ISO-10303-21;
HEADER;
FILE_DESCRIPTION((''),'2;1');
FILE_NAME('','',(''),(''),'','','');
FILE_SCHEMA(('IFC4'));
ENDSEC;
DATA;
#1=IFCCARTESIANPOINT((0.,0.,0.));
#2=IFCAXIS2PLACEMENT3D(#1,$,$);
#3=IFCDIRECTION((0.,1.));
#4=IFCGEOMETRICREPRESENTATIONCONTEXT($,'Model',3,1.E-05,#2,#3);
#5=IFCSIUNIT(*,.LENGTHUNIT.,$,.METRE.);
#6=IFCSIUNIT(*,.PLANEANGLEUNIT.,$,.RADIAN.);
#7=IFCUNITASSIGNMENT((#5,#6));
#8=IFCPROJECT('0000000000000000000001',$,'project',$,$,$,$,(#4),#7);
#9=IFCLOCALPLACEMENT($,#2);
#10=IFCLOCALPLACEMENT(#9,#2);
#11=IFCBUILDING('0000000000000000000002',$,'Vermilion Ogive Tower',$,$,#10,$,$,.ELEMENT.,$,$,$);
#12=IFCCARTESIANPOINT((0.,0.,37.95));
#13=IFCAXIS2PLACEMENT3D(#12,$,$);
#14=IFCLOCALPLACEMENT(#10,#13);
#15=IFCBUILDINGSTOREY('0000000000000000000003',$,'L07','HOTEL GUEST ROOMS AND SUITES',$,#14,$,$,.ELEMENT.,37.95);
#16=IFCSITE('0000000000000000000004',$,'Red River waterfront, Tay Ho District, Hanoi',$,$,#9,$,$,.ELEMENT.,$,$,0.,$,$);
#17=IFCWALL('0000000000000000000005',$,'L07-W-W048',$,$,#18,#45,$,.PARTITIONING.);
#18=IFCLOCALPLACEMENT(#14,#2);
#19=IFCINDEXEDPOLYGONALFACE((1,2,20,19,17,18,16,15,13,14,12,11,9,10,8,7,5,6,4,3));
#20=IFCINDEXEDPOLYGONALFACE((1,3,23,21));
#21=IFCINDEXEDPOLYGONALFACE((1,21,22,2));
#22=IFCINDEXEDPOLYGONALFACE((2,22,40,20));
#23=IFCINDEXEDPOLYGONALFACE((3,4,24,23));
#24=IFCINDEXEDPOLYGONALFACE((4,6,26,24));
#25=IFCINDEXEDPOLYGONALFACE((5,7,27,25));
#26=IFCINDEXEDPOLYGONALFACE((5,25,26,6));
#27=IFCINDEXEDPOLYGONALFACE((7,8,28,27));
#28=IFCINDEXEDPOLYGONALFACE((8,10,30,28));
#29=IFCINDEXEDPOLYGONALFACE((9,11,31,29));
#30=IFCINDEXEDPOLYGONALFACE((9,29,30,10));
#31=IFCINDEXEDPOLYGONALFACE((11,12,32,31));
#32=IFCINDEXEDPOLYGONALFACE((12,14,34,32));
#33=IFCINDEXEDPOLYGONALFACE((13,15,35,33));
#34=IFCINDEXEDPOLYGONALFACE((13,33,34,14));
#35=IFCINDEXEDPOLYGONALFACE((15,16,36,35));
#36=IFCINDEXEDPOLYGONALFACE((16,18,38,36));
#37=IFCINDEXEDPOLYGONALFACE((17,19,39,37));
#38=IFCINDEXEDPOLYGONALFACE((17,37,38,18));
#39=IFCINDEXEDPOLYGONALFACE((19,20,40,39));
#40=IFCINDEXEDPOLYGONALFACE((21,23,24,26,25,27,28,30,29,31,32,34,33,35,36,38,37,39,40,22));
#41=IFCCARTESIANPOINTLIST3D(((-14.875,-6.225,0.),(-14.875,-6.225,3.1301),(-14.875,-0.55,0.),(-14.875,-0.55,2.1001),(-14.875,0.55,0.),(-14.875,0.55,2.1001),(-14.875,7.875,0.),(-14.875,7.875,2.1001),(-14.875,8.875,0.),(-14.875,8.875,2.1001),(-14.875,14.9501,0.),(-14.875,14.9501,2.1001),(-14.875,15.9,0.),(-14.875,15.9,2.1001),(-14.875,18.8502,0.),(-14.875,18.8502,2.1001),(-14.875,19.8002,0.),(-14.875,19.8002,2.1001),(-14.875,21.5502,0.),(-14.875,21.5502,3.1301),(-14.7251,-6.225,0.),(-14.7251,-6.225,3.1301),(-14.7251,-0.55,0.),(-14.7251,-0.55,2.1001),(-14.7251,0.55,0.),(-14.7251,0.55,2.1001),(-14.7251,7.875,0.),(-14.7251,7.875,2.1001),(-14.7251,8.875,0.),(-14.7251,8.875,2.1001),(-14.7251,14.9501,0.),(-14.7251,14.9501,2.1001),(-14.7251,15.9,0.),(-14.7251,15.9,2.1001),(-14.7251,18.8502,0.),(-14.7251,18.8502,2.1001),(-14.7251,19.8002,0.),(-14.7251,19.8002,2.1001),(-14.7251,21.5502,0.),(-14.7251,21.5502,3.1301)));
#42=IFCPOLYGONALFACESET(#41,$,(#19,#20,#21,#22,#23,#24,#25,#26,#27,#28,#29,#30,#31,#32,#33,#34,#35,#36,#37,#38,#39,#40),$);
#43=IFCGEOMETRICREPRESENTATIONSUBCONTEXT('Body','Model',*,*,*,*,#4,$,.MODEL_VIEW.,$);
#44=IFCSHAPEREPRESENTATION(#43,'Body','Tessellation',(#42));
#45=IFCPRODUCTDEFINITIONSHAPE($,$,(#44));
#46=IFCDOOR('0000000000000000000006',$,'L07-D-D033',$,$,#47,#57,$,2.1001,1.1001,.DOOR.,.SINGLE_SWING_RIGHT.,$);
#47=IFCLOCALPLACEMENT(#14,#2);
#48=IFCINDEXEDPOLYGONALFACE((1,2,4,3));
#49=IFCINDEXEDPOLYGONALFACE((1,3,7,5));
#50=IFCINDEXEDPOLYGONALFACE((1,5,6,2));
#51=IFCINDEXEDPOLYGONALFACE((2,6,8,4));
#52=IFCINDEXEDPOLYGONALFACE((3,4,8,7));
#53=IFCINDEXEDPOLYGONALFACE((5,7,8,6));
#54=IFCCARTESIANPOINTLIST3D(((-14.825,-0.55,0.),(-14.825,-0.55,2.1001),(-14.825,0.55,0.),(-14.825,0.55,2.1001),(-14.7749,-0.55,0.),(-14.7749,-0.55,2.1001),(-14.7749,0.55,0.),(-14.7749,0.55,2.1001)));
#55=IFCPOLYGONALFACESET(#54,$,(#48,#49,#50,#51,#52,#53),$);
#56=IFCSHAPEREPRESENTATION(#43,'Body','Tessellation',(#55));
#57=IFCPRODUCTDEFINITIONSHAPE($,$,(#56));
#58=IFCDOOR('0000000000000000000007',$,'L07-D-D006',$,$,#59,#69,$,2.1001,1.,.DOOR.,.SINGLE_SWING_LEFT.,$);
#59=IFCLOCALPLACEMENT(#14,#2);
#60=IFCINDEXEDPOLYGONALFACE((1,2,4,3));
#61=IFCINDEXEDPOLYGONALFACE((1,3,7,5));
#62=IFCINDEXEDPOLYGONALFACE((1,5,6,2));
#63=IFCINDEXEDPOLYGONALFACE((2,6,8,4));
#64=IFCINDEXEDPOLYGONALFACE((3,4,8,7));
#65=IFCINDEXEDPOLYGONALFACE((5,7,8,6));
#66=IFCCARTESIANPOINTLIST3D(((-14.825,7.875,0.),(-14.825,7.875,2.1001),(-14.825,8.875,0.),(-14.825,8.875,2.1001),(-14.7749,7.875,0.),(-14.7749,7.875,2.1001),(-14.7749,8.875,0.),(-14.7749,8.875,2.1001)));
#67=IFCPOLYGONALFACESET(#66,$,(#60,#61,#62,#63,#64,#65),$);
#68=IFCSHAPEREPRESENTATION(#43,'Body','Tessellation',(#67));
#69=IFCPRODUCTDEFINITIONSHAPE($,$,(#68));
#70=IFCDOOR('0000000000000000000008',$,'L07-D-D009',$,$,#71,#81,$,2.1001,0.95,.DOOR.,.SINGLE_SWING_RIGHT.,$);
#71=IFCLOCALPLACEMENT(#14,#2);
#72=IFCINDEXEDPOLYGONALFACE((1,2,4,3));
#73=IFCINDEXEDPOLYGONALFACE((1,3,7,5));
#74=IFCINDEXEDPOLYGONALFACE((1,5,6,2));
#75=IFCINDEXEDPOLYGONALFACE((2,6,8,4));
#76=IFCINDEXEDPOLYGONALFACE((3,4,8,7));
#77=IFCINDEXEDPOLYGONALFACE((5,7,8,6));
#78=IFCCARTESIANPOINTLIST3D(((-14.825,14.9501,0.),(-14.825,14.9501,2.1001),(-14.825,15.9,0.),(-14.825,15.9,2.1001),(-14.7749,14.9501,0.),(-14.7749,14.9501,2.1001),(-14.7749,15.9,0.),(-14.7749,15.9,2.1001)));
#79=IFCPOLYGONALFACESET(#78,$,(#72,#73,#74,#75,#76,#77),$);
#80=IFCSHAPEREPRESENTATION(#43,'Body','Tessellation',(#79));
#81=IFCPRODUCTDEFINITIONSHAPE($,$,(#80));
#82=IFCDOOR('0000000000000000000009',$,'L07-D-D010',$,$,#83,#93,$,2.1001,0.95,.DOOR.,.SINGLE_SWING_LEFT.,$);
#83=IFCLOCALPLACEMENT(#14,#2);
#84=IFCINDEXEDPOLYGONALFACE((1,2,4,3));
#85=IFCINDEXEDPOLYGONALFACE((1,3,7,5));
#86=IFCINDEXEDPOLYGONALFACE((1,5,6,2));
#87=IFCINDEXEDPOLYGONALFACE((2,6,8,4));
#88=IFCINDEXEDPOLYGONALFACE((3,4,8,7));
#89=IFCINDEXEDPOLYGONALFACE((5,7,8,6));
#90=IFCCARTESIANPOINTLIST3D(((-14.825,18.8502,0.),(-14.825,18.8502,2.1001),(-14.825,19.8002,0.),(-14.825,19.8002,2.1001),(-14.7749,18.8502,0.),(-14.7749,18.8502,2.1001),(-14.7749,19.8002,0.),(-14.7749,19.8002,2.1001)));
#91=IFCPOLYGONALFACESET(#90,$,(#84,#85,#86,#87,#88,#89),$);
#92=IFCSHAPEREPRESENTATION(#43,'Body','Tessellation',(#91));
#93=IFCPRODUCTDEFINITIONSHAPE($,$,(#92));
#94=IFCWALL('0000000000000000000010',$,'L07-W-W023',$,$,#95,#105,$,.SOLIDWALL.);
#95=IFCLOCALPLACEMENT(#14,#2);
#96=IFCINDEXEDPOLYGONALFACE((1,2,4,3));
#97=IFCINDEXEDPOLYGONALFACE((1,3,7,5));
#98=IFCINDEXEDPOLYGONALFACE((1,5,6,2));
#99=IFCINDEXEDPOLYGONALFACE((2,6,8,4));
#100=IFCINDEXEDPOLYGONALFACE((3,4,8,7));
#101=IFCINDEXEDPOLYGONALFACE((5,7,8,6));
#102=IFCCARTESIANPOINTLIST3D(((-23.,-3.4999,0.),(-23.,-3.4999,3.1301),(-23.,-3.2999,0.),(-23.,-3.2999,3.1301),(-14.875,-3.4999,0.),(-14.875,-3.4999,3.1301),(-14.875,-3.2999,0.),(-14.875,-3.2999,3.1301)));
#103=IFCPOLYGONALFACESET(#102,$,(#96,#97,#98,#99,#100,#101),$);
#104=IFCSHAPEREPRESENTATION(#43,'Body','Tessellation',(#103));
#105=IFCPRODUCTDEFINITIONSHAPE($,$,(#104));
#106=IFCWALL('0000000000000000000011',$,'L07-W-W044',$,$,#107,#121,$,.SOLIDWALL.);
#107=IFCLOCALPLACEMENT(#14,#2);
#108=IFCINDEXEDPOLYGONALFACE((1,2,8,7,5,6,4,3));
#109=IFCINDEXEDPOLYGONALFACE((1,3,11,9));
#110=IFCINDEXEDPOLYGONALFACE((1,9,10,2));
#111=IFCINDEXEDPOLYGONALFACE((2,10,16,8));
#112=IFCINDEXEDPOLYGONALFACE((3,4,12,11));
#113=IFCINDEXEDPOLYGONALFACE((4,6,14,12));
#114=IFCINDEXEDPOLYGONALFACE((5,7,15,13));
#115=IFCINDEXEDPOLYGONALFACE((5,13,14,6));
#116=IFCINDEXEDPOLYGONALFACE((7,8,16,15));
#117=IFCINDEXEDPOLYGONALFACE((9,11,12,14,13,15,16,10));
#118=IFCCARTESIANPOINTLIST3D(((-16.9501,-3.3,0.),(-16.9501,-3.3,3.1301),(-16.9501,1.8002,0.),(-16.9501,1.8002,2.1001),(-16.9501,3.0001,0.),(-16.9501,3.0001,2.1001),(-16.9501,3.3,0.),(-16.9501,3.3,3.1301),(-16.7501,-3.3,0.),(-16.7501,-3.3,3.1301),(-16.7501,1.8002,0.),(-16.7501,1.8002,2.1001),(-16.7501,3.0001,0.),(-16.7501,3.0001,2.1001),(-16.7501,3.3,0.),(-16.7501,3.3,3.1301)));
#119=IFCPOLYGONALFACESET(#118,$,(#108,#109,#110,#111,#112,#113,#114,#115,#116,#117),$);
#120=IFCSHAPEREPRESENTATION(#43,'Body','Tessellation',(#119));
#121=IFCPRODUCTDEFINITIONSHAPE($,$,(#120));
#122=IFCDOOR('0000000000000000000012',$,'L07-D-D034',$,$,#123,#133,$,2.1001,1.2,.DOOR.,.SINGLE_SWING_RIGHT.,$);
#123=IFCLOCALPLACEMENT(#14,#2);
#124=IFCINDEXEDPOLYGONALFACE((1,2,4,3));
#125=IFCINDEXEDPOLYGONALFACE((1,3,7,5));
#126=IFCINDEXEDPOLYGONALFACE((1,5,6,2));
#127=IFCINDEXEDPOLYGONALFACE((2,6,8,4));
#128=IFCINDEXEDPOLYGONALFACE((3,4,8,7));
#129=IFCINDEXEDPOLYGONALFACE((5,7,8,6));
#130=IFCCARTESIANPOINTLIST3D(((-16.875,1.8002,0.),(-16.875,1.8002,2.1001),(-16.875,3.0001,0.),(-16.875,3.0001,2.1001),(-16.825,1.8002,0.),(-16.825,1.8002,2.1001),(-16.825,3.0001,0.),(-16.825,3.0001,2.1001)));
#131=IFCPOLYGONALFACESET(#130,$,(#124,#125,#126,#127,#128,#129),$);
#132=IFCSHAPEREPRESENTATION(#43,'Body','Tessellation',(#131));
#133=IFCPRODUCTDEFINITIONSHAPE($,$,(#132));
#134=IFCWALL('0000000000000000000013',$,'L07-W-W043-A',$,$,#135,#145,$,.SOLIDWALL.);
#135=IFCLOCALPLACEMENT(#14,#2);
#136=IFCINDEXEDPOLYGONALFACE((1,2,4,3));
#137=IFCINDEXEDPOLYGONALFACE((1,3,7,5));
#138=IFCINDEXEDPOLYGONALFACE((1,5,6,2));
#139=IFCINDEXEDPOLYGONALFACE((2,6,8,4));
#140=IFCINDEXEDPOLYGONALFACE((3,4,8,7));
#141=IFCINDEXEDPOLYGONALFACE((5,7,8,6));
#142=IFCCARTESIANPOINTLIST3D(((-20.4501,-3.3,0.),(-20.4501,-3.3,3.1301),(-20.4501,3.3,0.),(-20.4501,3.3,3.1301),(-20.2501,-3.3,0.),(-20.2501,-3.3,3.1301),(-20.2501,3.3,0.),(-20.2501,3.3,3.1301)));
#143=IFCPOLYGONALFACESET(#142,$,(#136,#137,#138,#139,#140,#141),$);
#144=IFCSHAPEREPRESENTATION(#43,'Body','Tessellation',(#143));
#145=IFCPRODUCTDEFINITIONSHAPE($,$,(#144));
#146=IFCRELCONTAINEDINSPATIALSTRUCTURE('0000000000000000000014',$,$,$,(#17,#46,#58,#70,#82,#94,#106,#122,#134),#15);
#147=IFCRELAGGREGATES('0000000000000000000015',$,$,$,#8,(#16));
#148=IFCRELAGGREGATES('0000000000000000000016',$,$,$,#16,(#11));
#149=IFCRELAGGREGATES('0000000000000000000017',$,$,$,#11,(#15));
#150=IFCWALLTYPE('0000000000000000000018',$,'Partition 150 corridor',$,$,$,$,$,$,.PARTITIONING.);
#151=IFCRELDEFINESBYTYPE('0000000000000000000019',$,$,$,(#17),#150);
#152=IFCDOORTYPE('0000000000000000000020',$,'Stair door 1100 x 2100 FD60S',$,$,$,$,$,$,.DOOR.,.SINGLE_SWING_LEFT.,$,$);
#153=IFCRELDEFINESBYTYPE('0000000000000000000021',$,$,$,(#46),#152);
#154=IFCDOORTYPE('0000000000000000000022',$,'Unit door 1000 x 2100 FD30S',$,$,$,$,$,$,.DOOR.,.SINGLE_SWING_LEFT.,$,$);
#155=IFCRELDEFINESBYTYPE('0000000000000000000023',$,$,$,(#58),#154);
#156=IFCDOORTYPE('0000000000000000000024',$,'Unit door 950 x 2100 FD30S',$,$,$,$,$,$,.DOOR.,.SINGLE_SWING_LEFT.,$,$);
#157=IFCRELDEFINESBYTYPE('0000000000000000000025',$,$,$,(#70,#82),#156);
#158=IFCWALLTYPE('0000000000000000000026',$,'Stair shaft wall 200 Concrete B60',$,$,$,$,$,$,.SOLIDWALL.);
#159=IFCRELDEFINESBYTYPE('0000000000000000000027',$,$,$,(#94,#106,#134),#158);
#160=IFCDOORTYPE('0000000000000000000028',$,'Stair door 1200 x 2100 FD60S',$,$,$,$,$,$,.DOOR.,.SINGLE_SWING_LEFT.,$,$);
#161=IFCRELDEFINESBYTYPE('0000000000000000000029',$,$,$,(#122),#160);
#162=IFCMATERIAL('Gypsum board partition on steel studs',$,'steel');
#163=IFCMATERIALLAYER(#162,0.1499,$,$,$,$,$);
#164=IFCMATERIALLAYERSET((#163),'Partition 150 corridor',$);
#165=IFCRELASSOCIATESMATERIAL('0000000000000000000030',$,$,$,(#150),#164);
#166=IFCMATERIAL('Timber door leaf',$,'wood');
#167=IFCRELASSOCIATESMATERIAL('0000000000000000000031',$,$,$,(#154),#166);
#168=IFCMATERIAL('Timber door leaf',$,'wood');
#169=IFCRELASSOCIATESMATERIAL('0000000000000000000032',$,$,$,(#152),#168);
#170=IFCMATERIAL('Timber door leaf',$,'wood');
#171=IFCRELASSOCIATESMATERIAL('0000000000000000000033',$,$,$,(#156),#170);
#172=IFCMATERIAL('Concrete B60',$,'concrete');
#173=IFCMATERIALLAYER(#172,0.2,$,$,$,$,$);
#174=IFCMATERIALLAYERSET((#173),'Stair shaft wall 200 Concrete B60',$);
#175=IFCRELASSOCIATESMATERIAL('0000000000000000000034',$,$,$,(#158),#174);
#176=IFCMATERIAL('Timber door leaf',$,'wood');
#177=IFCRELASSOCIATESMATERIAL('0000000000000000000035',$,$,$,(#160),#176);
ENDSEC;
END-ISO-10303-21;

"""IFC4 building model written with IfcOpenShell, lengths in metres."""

from ifc_helpers import new_model, si_unit, direction, frame, frame_2d, origin, place, context, subcontext, project, spatial, rectangle, extrude, material, layer, layer_set, type_object, element, fill, save


model = new_model("IFC4")

# Units and contexts
model_context = context("Model", 3, precision=1e-05, world=origin(), true_north=direction((0.0, 1.0)))
body_context = subcontext(model_context, "Body", "Model", "MODEL_VIEW")
ifc_project = project(units=[si_unit("LENGTHUNIT", "METRE"), si_unit("PLANEANGLEUNIT", "RADIAN")], contexts=[model_context])

# Site, building, storey
site_placement = place(None, origin())
site = spatial("IfcSite", under=ifc_project, at=site_placement, Name="Red River waterfront, Tay Ho District, Hanoi", CompositionType="ELEMENT", RefElevation=0.0)
building_placement = place(site_placement, origin())
building = spatial("IfcBuilding", under=site, at=building_placement, Name="Vermilion Ogive Tower", CompositionType="ELEMENT")
storey_placement = place(building_placement, frame((0.0, 0.0, 37.95)))
storey = spatial("IfcBuildingStorey", under=building, at=storey_placement, Name="L07", Description="HOTEL GUEST ROOMS AND SUITES", CompositionType="ELEMENT", Elevation=37.95)

# Shared definitions
ifc_material_1 = material(Name="Gypsum board partition on steel studs", Category="steel")
ifc_layer_1 = layer(ifc_material_1, 0.1499)
ifc_layer_set_1 = layer_set([ifc_layer_1], Name="Partition 150 corridor")
wall_type_1 = type_object("IfcWallType", Name="Partition 150 corridor", PredefinedType="PARTITIONING", material=ifc_layer_set_1)
ifc_material_2 = material(Name="Timber door leaf", Category="wood")
door_type_1 = type_object("IfcDoorType", Name="Unit door 1000 x 2100 FD30S", OperationType="SINGLE_SWING_LEFT", PredefinedType="DOOR", material=ifc_material_2)

# Wall, openings, doors
wall_1_placement = place(storey_placement, frame((-14.8, -6.2251, 0.0), z_axis=(0.0, 0.0, 1.0), x_axis=(0.0, 1.0, 0.0)))
wall_1 = element("IfcWall", 1, at=wall_1_placement, inside=storey, type_object=wall_type_1, Name="L07-W-W048", PredefinedType="PARTITIONING", context=body_context, shape_type="SweptSolid", body=[
    extrude(rectangle(XDim=27.7751, YDim=0.1499, at=frame_2d((13.8877, 0.0))), origin(), (0.0, 0.0, 1.0), 3.1301),
])
opening_1_placement = place(wall_1_placement, frame((14.1001, 0.0, 0.0)))
opening_1 = element("IfcOpeningElement", 2, at=opening_1_placement, cuts=wall_1, PredefinedType="OPENING", context=body_context, shape_type="SweptSolid", body=[
    extrude(rectangle(XDim=1.0, YDim=2.1001, at=frame_2d((0.5, 1.05))), frame((0.0, 0.085, 0.0), z_axis=(0.0, -1.0, 0.0), x_axis=(1.0, 0.0, 0.0)), (0.0, 0.0, 1.0), 0.1699),
])
opening_2_placement = place(wall_1_placement, frame((21.175, 0.0, 0.0)))
opening_2 = element("IfcOpeningElement", 3, at=opening_2_placement, cuts=wall_1, PredefinedType="OPENING", context=body_context, shape_type="SweptSolid", body=[
    extrude(rectangle(XDim=0.95, YDim=2.1001, at=frame_2d((0.4751, 1.05))), frame((0.0, 0.085, 0.0), z_axis=(0.0, -1.0, 0.0), x_axis=(1.0, 0.0, 0.0)), (0.0, 0.0, 1.0), 0.1699),
])
opening_3_placement = place(wall_1_placement, frame((25.0752, 0.0, 0.0)))
opening_3 = element("IfcOpeningElement", 4, at=opening_3_placement, cuts=wall_1, PredefinedType="OPENING", context=body_context, shape_type="SweptSolid", body=[
    extrude(rectangle(XDim=0.95, YDim=2.1001, at=frame_2d((0.4751, 1.05))), frame((0.0, 0.085, 0.0), z_axis=(0.0, -1.0, 0.0), x_axis=(1.0, 0.0, 0.0)), (0.0, 0.0, 1.0), 0.1699),
])
opening_4_placement = place(wall_1_placement, frame((5.675, 0.0, 0.0)))
opening_4 = element("IfcOpeningElement", 5, at=opening_4_placement, cuts=wall_1, PredefinedType="OPENING", context=body_context, shape_type="SweptSolid", body=[
    extrude(rectangle(XDim=1.1001, YDim=2.1001, at=frame_2d((0.55, 1.05))), frame((0.0, 0.085, 0.0), z_axis=(0.0, -1.0, 0.0), x_axis=(1.0, 0.0, 0.0)), (0.0, 0.0, 1.0), 0.1699),
])
ifc_material_3 = material(Name="Timber door leaf", Category="wood")
door_type_2 = type_object("IfcDoorType", Name="Stair door 1100 x 2100 FD60S", OperationType="SINGLE_SWING_LEFT", PredefinedType="DOOR", material=ifc_material_3)
door_1_placement = place(opening_4_placement, origin())
door_1 = element("IfcDoor", 6, at=door_1_placement, inside=storey, type_object=door_type_2, Name="L07-D-D033", OperationType="SINGLE_SWING_RIGHT", OverallHeight=2.1001, OverallWidth=1.1001, PredefinedType="DOOR", context=body_context, shape_type="SweptSolid", body=[
    extrude(rectangle(XDim=1.1001, YDim=2.1001, at=frame_2d((0.55, 1.05))), frame((0.0, 0.0249, 0.0), z_axis=(0.0, -1.0, 0.0), x_axis=(1.0, 0.0, 0.0)), (0.0, 0.0, 1.0), 0.05),
])
fill(opening_4, door_1)
door_2_placement = place(opening_1_placement, origin())
door_2 = element("IfcDoor", 7, at=door_2_placement, inside=storey, type_object=door_type_1, Name="L07-D-D006", OperationType="SINGLE_SWING_LEFT", OverallHeight=2.1001, OverallWidth=1.0, PredefinedType="DOOR", context=body_context, shape_type="SweptSolid", body=[
    extrude(rectangle(XDim=1.0, YDim=2.1001, at=frame_2d((0.5, 1.05))), frame((0.0, 0.0249, 0.0), z_axis=(0.0, -1.0, 0.0), x_axis=(1.0, 0.0, 0.0)), (0.0, 0.0, 1.0), 0.05),
])
fill(opening_1, door_2)
ifc_material_4 = material(Name="Timber door leaf", Category="wood")
door_type_3 = type_object("IfcDoorType", Name="Unit door 950 x 2100 FD30S", OperationType="SINGLE_SWING_LEFT", PredefinedType="DOOR", material=ifc_material_4)
door_3_placement = place(opening_2_placement, origin())
door_3 = element("IfcDoor", 8, at=door_3_placement, inside=storey, type_object=door_type_3, Name="L07-D-D009", OperationType="SINGLE_SWING_RIGHT", OverallHeight=2.1001, OverallWidth=0.95, PredefinedType="DOOR", context=body_context, shape_type="SweptSolid", body=[
    extrude(rectangle(XDim=0.95, YDim=2.1001, at=frame_2d((0.4751, 1.05))), frame((0.0, 0.0249, 0.0), z_axis=(0.0, -1.0, 0.0), x_axis=(1.0, 0.0, 0.0)), (0.0, 0.0, 1.0), 0.05),
])
fill(opening_2, door_3)
door_4_placement = place(opening_3_placement, origin())
door_4 = element("IfcDoor", 9, at=door_4_placement, inside=storey, type_object=door_type_3, Name="L07-D-D010", OperationType="SINGLE_SWING_LEFT", OverallHeight=2.1001, OverallWidth=0.95, PredefinedType="DOOR", context=body_context, shape_type="SweptSolid", body=[
    extrude(rectangle(XDim=0.95, YDim=2.1001, at=frame_2d((0.4751, 1.05))), frame((0.0, 0.0249, 0.0), z_axis=(0.0, -1.0, 0.0), x_axis=(1.0, 0.0, 0.0)), (0.0, 0.0, 1.0), 0.05),
])
fill(opening_3, door_4)

# Wall
ifc_material_5 = material(Name="Concrete B60", Category="concrete")
ifc_layer_2 = layer(ifc_material_5, 0.2)
ifc_layer_set_2 = layer_set([ifc_layer_2], Name="Stair shaft wall 200 Concrete B60")
wall_type_2 = type_object("IfcWallType", Name="Stair shaft wall 200 Concrete B60", PredefinedType="SOLIDWALL", material=ifc_layer_set_2)
wall_2_placement = place(storey_placement, frame((-23.0, -3.3999, 0.0), z_axis=(0.0, 0.0, 1.0), x_axis=(1.0, 0.0, 0.0)))
element("IfcWall", 10, at=wall_2_placement, inside=storey, type_object=wall_type_2, Name="L07-W-W023", PredefinedType="SOLIDWALL", context=body_context, shape_type="SweptSolid", body=[
    extrude(rectangle(XDim=8.125, YDim=0.2, at=frame_2d((4.0625, 0.0))), origin(), (0.0, 0.0, 1.0), 3.1301),
])

# Wall, opening, door
wall_3_placement = place(storey_placement, frame((-16.8501, -3.3, 0.0), z_axis=(0.0, 0.0, 1.0), x_axis=(0.0, 1.0, 0.0)))
wall_3 = element("IfcWall", 11, at=wall_3_placement, inside=storey, type_object=wall_type_2, Name="L07-W-W044", PredefinedType="SOLIDWALL", context=body_context, shape_type="SweptSolid", body=[
    extrude(rectangle(XDim=6.6001, YDim=0.2, at=frame_2d((3.3, 0.0))), origin(), (0.0, 0.0, 1.0), 3.1301),
])
opening_5_placement = place(wall_3_placement, frame((5.1001, 0.0, 0.0)))
opening_5 = element("IfcOpeningElement", 12, at=opening_5_placement, cuts=wall_3, PredefinedType="OPENING", context=body_context, shape_type="SweptSolid", body=[
    extrude(rectangle(XDim=1.2, YDim=2.1001, at=frame_2d((0.6001, 1.05))), frame((0.0, 0.1099, 0.0), z_axis=(0.0, -1.0, 0.0), x_axis=(1.0, 0.0, 0.0)), (0.0, 0.0, 1.0), 0.22),
])
ifc_material_6 = material(Name="Timber door leaf", Category="wood")
door_type_4 = type_object("IfcDoorType", Name="Stair door 1200 x 2100 FD60S", OperationType="SINGLE_SWING_LEFT", PredefinedType="DOOR", material=ifc_material_6)
door_5_placement = place(opening_5_placement, origin())
door_5 = element("IfcDoor", 13, at=door_5_placement, inside=storey, type_object=door_type_4, Name="L07-D-D034", OperationType="SINGLE_SWING_RIGHT", OverallHeight=2.1001, OverallWidth=1.2, PredefinedType="DOOR", context=body_context, shape_type="SweptSolid", body=[
    extrude(rectangle(XDim=1.2, YDim=2.1001, at=frame_2d((0.6001, 1.05))), frame((0.0, 0.0249, 0.0), z_axis=(0.0, -1.0, 0.0), x_axis=(1.0, 0.0, 0.0)), (0.0, 0.0, 1.0), 0.05),
])
fill(opening_5, door_5)

# Wall
wall_4_placement = place(storey_placement, frame((-20.3501, -3.3, 0.0), z_axis=(0.0, 0.0, 1.0), x_axis=(0.0, 1.0, 0.0)))
element("IfcWall", 14, at=wall_4_placement, inside=storey, type_object=wall_type_2, Name="L07-W-W043-A", PredefinedType="SOLIDWALL", context=body_context, shape_type="SweptSolid", body=[
    extrude(rectangle(XDim=6.6001, YDim=0.2, at=frame_2d((3.3, 0.0))), origin(), (0.0, 0.0, 1.0), 3.1301),
])

save(model, "model.ifc")
